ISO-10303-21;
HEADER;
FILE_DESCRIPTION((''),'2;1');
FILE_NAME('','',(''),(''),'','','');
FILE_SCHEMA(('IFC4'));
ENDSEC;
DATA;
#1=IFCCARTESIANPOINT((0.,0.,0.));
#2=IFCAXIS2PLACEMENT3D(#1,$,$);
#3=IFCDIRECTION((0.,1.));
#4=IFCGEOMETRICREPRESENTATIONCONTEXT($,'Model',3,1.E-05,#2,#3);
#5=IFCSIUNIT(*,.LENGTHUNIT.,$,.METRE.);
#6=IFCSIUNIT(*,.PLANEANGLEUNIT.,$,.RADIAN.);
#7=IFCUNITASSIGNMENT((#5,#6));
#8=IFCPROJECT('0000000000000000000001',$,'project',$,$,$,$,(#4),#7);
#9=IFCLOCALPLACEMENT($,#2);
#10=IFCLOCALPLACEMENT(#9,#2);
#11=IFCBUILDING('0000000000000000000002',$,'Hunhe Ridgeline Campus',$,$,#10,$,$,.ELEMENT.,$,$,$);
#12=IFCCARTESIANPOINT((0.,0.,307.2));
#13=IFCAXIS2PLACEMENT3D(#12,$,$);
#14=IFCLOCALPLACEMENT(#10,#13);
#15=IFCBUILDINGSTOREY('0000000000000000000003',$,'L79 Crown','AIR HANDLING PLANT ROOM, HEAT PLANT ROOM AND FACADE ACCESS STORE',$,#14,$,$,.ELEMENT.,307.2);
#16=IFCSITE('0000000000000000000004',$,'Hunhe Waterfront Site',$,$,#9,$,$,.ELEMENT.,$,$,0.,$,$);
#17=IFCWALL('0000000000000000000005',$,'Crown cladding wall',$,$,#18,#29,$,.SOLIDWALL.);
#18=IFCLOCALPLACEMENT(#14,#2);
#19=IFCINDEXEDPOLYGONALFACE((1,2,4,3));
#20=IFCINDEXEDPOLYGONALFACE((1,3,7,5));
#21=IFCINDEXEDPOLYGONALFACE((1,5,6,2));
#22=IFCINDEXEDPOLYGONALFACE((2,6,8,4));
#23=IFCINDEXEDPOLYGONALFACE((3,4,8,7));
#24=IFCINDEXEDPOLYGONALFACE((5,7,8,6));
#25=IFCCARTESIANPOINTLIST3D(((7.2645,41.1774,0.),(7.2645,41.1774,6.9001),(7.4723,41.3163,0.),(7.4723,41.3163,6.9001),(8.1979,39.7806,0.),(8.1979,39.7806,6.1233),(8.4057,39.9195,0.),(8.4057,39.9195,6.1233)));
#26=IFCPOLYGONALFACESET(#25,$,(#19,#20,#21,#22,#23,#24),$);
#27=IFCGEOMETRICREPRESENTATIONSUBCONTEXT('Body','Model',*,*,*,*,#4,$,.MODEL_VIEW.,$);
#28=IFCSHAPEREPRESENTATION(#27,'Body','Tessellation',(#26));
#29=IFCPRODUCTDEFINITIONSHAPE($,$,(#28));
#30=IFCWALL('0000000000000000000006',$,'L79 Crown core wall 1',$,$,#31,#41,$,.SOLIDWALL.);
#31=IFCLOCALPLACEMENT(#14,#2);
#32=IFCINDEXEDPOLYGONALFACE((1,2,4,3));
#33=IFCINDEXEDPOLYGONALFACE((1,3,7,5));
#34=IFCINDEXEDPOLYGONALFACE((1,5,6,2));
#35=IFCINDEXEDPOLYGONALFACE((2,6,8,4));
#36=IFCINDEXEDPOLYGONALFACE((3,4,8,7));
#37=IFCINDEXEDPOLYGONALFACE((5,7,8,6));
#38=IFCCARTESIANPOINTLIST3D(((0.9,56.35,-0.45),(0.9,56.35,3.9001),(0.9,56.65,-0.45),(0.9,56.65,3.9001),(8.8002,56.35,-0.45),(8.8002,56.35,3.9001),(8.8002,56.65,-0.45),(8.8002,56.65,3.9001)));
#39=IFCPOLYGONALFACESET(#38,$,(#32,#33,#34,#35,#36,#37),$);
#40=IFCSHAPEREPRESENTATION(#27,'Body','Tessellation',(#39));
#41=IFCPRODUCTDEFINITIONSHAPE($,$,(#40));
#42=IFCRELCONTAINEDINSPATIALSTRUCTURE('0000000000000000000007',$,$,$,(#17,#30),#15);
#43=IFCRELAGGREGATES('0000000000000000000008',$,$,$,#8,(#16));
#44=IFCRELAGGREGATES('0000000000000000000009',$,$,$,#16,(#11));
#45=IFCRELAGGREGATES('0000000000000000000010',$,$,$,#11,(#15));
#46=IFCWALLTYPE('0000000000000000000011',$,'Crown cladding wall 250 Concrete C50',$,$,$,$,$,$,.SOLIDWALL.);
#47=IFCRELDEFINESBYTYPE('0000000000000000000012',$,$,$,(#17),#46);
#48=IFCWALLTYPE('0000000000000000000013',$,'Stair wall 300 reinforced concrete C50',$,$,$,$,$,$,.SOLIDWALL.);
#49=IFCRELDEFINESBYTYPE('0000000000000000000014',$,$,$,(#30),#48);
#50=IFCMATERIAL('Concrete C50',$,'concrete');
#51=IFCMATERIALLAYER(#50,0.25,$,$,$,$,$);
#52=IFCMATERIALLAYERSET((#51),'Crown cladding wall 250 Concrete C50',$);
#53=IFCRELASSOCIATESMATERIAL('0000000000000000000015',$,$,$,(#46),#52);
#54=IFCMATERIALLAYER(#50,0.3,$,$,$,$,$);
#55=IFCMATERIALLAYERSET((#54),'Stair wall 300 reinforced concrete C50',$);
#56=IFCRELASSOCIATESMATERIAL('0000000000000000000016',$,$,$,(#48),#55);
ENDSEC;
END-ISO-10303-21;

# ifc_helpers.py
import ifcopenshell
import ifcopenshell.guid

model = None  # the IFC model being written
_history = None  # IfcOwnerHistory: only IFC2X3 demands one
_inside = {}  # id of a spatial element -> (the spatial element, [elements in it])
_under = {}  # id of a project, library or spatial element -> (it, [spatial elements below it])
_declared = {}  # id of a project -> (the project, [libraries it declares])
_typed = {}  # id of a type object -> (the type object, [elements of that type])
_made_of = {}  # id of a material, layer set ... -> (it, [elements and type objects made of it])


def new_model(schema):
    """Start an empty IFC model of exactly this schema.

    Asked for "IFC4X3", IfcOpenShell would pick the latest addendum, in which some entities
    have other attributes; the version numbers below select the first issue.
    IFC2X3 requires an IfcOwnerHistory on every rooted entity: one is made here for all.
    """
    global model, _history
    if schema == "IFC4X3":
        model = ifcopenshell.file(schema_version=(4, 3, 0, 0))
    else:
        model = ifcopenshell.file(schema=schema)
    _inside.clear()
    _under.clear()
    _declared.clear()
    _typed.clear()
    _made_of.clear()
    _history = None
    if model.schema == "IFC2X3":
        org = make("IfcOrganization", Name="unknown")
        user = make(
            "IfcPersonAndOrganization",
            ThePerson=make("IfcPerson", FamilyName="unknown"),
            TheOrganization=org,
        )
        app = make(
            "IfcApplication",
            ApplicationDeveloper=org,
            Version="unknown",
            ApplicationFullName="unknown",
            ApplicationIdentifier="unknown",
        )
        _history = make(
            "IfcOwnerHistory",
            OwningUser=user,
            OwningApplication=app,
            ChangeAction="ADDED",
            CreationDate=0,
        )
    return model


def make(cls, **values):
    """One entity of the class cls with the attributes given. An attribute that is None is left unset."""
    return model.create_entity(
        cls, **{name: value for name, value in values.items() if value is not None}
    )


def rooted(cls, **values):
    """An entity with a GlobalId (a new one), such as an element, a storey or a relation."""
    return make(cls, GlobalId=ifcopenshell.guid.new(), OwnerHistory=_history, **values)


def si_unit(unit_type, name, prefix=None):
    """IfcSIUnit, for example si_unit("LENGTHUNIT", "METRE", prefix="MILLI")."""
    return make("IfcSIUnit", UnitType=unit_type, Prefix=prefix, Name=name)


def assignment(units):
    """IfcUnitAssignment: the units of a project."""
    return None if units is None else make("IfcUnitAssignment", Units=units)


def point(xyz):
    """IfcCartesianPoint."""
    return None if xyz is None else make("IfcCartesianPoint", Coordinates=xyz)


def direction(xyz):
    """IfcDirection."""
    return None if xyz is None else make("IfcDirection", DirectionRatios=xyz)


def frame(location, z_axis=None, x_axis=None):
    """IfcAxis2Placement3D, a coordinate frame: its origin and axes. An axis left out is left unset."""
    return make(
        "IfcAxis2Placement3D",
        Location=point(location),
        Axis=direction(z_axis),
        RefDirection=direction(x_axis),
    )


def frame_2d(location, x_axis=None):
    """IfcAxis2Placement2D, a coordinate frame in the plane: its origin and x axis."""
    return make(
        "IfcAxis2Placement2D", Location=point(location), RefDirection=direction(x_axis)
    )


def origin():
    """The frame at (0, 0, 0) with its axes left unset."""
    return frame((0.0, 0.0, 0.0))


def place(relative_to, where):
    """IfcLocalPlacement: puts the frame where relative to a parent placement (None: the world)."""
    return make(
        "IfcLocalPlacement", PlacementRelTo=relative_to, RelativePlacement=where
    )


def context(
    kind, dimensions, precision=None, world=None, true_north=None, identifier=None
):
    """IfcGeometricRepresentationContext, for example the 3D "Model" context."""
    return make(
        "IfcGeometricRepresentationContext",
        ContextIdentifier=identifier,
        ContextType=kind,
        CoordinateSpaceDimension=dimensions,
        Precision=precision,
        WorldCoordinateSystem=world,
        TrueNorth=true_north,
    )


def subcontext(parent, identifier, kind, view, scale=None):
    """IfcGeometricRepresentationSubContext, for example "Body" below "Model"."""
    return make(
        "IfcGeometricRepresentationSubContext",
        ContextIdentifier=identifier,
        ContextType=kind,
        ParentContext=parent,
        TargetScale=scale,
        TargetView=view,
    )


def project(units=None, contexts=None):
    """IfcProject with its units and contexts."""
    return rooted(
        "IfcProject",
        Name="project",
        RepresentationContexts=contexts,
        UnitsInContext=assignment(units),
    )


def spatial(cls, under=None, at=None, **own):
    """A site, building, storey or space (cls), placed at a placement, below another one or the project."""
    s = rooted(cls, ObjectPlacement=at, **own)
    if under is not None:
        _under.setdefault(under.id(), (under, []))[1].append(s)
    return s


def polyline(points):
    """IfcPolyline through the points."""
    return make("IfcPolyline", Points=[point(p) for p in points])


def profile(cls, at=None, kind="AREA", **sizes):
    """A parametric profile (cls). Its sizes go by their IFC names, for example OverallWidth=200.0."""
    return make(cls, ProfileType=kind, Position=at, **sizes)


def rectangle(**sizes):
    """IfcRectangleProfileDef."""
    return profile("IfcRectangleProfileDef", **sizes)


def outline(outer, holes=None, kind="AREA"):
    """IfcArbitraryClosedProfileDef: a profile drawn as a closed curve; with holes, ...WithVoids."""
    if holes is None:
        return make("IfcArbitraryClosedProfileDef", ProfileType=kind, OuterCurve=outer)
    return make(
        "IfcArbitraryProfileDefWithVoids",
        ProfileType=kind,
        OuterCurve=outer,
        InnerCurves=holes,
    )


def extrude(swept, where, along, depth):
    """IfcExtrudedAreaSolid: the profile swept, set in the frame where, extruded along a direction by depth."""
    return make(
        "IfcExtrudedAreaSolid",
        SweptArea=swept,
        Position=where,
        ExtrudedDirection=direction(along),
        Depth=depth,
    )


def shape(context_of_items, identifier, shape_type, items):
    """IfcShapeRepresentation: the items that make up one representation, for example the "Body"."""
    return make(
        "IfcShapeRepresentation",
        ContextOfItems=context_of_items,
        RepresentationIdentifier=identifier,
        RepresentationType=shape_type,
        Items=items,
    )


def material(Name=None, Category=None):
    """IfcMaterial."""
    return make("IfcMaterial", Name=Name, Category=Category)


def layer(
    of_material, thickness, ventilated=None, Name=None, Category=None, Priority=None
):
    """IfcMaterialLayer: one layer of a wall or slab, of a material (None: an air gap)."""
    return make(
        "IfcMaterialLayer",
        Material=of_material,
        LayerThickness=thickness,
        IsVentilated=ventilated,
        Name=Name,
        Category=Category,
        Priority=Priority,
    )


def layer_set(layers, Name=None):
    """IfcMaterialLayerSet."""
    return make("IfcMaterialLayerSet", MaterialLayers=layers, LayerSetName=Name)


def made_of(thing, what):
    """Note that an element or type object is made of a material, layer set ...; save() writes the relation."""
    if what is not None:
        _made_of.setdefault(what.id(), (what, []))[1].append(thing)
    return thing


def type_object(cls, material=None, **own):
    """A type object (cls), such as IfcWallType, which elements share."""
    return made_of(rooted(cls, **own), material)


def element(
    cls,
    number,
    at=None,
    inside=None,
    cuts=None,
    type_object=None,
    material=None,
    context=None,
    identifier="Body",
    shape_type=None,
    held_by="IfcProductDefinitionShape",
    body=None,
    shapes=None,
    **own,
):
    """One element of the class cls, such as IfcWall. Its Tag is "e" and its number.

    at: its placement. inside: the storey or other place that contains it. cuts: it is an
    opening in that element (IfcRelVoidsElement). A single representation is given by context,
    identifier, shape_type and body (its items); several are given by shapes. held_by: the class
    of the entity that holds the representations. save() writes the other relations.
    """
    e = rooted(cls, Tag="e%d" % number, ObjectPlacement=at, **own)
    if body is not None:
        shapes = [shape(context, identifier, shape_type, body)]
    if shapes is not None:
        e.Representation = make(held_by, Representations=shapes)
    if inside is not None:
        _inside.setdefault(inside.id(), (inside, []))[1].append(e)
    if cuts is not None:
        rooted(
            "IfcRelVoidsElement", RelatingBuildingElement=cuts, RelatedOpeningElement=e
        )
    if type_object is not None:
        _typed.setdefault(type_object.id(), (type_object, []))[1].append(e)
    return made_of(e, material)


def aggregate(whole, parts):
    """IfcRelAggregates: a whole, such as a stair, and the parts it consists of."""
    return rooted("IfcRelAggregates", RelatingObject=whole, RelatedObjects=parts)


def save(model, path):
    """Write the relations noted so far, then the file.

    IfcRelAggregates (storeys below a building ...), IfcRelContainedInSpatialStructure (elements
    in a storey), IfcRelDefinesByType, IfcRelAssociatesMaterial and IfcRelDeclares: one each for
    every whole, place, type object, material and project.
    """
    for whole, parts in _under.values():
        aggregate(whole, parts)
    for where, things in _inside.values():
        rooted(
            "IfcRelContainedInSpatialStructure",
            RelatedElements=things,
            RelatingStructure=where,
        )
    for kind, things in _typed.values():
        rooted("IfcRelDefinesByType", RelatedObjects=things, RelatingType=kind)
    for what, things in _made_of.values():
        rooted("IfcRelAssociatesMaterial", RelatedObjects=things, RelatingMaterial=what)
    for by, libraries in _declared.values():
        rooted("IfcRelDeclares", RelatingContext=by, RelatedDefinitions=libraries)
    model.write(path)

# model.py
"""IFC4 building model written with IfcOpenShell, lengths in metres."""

from ifc_helpers import new_model, si_unit, direction, frame, frame_2d, origin, place, context, subcontext, project, spatial, polyline, rectangle, outline, extrude, material, layer, layer_set, type_object, element, save


model = new_model("IFC4")

# Units and contexts
model_context = context("Model", 3, precision=1e-05, world=origin(), true_north=direction((0.0, 1.0)))
body_context = subcontext(model_context, "Body", "Model", "MODEL_VIEW")
ifc_project = project(units=[si_unit("LENGTHUNIT", "METRE"), si_unit("PLANEANGLEUNIT", "RADIAN")], contexts=[model_context])

# Site, building, storey
site_placement = place(None, origin())
site = spatial("IfcSite", under=ifc_project, at=site_placement, Name="Hunhe Waterfront Site", CompositionType="ELEMENT", RefElevation=0.0)
building_placement = place(site_placement, origin())
building = spatial("IfcBuilding", under=site, at=building_placement, Name="Hunhe Ridgeline Campus", CompositionType="ELEMENT")
storey_placement = place(building_placement, frame((0.0, 0.0, 307.2)))
storey = spatial("IfcBuildingStorey", under=building, at=storey_placement, Name="L79 Crown", Description="AIR HANDLING PLANT ROOM, HEAT PLANT ROOM AND FACADE ACCESS STORE", CompositionType="ELEMENT", Elevation=307.2)

# Shared definitions
ifc_material_1 = material(Name="Concrete C50", Category="concrete")

# Walls
ifc_layer_1 = layer(ifc_material_1, 0.25)
ifc_layer_set_1 = layer_set([ifc_layer_1], Name="Crown cladding wall 250 Concrete C50")
wall_type_1 = type_object("IfcWallType", Name="Crown cladding wall 250 Concrete C50", PredefinedType="SOLIDWALL", material=ifc_layer_set_1)
wall_1_placement = place(storey_placement, frame((7.3684, 41.2468, 0.0), z_axis=(0.0, 0.0, 1.0), x_axis=(0.555605, -0.831446, 0.0)))
element("IfcWall", 1, at=wall_1_placement, inside=storey, type_object=wall_type_1, Name="Crown cladding wall", PredefinedType="SOLIDWALL", context=body_context, shape_type="SweptSolid", body=[
    extrude(outline(polyline([(0.0, 0.0), (1.6799, 0.0), (1.6799, 6.1233), (0.0, 6.9001), (0.0, 0.0)])), frame((0.0, 0.125, 0.0), z_axis=(0.0, -1.0, 0.0), x_axis=(1.0, 0.0, 0.0)), (0.0, 0.0, 1.0), 0.25),
])
ifc_layer_2 = layer(ifc_material_1, 0.3)
ifc_layer_set_2 = layer_set([ifc_layer_2], Name="Stair wall 300 reinforced concrete C50")
wall_type_2 = type_object("IfcWallType", Name="Stair wall 300 reinforced concrete C50", PredefinedType="SOLIDWALL", material=ifc_layer_set_2)
wall_2_placement = place(storey_placement, frame((0.8999, 56.5, -0.45), z_axis=(0.0, 0.0, 1.0), x_axis=(1.0, 0.0, 0.0)))
element("IfcWall", 2, at=wall_2_placement, inside=storey, type_object=wall_type_2, Name="L79 Crown core wall 1", PredefinedType="SOLIDWALL", context=body_context, shape_type="SweptSolid", body=[
    extrude(rectangle(XDim=7.9001, YDim=0.3, at=frame_2d((3.9502, 0.0))), origin(), (0.0, 0.0, 1.0), 4.3501),
])

save(model, "model.ifc")
